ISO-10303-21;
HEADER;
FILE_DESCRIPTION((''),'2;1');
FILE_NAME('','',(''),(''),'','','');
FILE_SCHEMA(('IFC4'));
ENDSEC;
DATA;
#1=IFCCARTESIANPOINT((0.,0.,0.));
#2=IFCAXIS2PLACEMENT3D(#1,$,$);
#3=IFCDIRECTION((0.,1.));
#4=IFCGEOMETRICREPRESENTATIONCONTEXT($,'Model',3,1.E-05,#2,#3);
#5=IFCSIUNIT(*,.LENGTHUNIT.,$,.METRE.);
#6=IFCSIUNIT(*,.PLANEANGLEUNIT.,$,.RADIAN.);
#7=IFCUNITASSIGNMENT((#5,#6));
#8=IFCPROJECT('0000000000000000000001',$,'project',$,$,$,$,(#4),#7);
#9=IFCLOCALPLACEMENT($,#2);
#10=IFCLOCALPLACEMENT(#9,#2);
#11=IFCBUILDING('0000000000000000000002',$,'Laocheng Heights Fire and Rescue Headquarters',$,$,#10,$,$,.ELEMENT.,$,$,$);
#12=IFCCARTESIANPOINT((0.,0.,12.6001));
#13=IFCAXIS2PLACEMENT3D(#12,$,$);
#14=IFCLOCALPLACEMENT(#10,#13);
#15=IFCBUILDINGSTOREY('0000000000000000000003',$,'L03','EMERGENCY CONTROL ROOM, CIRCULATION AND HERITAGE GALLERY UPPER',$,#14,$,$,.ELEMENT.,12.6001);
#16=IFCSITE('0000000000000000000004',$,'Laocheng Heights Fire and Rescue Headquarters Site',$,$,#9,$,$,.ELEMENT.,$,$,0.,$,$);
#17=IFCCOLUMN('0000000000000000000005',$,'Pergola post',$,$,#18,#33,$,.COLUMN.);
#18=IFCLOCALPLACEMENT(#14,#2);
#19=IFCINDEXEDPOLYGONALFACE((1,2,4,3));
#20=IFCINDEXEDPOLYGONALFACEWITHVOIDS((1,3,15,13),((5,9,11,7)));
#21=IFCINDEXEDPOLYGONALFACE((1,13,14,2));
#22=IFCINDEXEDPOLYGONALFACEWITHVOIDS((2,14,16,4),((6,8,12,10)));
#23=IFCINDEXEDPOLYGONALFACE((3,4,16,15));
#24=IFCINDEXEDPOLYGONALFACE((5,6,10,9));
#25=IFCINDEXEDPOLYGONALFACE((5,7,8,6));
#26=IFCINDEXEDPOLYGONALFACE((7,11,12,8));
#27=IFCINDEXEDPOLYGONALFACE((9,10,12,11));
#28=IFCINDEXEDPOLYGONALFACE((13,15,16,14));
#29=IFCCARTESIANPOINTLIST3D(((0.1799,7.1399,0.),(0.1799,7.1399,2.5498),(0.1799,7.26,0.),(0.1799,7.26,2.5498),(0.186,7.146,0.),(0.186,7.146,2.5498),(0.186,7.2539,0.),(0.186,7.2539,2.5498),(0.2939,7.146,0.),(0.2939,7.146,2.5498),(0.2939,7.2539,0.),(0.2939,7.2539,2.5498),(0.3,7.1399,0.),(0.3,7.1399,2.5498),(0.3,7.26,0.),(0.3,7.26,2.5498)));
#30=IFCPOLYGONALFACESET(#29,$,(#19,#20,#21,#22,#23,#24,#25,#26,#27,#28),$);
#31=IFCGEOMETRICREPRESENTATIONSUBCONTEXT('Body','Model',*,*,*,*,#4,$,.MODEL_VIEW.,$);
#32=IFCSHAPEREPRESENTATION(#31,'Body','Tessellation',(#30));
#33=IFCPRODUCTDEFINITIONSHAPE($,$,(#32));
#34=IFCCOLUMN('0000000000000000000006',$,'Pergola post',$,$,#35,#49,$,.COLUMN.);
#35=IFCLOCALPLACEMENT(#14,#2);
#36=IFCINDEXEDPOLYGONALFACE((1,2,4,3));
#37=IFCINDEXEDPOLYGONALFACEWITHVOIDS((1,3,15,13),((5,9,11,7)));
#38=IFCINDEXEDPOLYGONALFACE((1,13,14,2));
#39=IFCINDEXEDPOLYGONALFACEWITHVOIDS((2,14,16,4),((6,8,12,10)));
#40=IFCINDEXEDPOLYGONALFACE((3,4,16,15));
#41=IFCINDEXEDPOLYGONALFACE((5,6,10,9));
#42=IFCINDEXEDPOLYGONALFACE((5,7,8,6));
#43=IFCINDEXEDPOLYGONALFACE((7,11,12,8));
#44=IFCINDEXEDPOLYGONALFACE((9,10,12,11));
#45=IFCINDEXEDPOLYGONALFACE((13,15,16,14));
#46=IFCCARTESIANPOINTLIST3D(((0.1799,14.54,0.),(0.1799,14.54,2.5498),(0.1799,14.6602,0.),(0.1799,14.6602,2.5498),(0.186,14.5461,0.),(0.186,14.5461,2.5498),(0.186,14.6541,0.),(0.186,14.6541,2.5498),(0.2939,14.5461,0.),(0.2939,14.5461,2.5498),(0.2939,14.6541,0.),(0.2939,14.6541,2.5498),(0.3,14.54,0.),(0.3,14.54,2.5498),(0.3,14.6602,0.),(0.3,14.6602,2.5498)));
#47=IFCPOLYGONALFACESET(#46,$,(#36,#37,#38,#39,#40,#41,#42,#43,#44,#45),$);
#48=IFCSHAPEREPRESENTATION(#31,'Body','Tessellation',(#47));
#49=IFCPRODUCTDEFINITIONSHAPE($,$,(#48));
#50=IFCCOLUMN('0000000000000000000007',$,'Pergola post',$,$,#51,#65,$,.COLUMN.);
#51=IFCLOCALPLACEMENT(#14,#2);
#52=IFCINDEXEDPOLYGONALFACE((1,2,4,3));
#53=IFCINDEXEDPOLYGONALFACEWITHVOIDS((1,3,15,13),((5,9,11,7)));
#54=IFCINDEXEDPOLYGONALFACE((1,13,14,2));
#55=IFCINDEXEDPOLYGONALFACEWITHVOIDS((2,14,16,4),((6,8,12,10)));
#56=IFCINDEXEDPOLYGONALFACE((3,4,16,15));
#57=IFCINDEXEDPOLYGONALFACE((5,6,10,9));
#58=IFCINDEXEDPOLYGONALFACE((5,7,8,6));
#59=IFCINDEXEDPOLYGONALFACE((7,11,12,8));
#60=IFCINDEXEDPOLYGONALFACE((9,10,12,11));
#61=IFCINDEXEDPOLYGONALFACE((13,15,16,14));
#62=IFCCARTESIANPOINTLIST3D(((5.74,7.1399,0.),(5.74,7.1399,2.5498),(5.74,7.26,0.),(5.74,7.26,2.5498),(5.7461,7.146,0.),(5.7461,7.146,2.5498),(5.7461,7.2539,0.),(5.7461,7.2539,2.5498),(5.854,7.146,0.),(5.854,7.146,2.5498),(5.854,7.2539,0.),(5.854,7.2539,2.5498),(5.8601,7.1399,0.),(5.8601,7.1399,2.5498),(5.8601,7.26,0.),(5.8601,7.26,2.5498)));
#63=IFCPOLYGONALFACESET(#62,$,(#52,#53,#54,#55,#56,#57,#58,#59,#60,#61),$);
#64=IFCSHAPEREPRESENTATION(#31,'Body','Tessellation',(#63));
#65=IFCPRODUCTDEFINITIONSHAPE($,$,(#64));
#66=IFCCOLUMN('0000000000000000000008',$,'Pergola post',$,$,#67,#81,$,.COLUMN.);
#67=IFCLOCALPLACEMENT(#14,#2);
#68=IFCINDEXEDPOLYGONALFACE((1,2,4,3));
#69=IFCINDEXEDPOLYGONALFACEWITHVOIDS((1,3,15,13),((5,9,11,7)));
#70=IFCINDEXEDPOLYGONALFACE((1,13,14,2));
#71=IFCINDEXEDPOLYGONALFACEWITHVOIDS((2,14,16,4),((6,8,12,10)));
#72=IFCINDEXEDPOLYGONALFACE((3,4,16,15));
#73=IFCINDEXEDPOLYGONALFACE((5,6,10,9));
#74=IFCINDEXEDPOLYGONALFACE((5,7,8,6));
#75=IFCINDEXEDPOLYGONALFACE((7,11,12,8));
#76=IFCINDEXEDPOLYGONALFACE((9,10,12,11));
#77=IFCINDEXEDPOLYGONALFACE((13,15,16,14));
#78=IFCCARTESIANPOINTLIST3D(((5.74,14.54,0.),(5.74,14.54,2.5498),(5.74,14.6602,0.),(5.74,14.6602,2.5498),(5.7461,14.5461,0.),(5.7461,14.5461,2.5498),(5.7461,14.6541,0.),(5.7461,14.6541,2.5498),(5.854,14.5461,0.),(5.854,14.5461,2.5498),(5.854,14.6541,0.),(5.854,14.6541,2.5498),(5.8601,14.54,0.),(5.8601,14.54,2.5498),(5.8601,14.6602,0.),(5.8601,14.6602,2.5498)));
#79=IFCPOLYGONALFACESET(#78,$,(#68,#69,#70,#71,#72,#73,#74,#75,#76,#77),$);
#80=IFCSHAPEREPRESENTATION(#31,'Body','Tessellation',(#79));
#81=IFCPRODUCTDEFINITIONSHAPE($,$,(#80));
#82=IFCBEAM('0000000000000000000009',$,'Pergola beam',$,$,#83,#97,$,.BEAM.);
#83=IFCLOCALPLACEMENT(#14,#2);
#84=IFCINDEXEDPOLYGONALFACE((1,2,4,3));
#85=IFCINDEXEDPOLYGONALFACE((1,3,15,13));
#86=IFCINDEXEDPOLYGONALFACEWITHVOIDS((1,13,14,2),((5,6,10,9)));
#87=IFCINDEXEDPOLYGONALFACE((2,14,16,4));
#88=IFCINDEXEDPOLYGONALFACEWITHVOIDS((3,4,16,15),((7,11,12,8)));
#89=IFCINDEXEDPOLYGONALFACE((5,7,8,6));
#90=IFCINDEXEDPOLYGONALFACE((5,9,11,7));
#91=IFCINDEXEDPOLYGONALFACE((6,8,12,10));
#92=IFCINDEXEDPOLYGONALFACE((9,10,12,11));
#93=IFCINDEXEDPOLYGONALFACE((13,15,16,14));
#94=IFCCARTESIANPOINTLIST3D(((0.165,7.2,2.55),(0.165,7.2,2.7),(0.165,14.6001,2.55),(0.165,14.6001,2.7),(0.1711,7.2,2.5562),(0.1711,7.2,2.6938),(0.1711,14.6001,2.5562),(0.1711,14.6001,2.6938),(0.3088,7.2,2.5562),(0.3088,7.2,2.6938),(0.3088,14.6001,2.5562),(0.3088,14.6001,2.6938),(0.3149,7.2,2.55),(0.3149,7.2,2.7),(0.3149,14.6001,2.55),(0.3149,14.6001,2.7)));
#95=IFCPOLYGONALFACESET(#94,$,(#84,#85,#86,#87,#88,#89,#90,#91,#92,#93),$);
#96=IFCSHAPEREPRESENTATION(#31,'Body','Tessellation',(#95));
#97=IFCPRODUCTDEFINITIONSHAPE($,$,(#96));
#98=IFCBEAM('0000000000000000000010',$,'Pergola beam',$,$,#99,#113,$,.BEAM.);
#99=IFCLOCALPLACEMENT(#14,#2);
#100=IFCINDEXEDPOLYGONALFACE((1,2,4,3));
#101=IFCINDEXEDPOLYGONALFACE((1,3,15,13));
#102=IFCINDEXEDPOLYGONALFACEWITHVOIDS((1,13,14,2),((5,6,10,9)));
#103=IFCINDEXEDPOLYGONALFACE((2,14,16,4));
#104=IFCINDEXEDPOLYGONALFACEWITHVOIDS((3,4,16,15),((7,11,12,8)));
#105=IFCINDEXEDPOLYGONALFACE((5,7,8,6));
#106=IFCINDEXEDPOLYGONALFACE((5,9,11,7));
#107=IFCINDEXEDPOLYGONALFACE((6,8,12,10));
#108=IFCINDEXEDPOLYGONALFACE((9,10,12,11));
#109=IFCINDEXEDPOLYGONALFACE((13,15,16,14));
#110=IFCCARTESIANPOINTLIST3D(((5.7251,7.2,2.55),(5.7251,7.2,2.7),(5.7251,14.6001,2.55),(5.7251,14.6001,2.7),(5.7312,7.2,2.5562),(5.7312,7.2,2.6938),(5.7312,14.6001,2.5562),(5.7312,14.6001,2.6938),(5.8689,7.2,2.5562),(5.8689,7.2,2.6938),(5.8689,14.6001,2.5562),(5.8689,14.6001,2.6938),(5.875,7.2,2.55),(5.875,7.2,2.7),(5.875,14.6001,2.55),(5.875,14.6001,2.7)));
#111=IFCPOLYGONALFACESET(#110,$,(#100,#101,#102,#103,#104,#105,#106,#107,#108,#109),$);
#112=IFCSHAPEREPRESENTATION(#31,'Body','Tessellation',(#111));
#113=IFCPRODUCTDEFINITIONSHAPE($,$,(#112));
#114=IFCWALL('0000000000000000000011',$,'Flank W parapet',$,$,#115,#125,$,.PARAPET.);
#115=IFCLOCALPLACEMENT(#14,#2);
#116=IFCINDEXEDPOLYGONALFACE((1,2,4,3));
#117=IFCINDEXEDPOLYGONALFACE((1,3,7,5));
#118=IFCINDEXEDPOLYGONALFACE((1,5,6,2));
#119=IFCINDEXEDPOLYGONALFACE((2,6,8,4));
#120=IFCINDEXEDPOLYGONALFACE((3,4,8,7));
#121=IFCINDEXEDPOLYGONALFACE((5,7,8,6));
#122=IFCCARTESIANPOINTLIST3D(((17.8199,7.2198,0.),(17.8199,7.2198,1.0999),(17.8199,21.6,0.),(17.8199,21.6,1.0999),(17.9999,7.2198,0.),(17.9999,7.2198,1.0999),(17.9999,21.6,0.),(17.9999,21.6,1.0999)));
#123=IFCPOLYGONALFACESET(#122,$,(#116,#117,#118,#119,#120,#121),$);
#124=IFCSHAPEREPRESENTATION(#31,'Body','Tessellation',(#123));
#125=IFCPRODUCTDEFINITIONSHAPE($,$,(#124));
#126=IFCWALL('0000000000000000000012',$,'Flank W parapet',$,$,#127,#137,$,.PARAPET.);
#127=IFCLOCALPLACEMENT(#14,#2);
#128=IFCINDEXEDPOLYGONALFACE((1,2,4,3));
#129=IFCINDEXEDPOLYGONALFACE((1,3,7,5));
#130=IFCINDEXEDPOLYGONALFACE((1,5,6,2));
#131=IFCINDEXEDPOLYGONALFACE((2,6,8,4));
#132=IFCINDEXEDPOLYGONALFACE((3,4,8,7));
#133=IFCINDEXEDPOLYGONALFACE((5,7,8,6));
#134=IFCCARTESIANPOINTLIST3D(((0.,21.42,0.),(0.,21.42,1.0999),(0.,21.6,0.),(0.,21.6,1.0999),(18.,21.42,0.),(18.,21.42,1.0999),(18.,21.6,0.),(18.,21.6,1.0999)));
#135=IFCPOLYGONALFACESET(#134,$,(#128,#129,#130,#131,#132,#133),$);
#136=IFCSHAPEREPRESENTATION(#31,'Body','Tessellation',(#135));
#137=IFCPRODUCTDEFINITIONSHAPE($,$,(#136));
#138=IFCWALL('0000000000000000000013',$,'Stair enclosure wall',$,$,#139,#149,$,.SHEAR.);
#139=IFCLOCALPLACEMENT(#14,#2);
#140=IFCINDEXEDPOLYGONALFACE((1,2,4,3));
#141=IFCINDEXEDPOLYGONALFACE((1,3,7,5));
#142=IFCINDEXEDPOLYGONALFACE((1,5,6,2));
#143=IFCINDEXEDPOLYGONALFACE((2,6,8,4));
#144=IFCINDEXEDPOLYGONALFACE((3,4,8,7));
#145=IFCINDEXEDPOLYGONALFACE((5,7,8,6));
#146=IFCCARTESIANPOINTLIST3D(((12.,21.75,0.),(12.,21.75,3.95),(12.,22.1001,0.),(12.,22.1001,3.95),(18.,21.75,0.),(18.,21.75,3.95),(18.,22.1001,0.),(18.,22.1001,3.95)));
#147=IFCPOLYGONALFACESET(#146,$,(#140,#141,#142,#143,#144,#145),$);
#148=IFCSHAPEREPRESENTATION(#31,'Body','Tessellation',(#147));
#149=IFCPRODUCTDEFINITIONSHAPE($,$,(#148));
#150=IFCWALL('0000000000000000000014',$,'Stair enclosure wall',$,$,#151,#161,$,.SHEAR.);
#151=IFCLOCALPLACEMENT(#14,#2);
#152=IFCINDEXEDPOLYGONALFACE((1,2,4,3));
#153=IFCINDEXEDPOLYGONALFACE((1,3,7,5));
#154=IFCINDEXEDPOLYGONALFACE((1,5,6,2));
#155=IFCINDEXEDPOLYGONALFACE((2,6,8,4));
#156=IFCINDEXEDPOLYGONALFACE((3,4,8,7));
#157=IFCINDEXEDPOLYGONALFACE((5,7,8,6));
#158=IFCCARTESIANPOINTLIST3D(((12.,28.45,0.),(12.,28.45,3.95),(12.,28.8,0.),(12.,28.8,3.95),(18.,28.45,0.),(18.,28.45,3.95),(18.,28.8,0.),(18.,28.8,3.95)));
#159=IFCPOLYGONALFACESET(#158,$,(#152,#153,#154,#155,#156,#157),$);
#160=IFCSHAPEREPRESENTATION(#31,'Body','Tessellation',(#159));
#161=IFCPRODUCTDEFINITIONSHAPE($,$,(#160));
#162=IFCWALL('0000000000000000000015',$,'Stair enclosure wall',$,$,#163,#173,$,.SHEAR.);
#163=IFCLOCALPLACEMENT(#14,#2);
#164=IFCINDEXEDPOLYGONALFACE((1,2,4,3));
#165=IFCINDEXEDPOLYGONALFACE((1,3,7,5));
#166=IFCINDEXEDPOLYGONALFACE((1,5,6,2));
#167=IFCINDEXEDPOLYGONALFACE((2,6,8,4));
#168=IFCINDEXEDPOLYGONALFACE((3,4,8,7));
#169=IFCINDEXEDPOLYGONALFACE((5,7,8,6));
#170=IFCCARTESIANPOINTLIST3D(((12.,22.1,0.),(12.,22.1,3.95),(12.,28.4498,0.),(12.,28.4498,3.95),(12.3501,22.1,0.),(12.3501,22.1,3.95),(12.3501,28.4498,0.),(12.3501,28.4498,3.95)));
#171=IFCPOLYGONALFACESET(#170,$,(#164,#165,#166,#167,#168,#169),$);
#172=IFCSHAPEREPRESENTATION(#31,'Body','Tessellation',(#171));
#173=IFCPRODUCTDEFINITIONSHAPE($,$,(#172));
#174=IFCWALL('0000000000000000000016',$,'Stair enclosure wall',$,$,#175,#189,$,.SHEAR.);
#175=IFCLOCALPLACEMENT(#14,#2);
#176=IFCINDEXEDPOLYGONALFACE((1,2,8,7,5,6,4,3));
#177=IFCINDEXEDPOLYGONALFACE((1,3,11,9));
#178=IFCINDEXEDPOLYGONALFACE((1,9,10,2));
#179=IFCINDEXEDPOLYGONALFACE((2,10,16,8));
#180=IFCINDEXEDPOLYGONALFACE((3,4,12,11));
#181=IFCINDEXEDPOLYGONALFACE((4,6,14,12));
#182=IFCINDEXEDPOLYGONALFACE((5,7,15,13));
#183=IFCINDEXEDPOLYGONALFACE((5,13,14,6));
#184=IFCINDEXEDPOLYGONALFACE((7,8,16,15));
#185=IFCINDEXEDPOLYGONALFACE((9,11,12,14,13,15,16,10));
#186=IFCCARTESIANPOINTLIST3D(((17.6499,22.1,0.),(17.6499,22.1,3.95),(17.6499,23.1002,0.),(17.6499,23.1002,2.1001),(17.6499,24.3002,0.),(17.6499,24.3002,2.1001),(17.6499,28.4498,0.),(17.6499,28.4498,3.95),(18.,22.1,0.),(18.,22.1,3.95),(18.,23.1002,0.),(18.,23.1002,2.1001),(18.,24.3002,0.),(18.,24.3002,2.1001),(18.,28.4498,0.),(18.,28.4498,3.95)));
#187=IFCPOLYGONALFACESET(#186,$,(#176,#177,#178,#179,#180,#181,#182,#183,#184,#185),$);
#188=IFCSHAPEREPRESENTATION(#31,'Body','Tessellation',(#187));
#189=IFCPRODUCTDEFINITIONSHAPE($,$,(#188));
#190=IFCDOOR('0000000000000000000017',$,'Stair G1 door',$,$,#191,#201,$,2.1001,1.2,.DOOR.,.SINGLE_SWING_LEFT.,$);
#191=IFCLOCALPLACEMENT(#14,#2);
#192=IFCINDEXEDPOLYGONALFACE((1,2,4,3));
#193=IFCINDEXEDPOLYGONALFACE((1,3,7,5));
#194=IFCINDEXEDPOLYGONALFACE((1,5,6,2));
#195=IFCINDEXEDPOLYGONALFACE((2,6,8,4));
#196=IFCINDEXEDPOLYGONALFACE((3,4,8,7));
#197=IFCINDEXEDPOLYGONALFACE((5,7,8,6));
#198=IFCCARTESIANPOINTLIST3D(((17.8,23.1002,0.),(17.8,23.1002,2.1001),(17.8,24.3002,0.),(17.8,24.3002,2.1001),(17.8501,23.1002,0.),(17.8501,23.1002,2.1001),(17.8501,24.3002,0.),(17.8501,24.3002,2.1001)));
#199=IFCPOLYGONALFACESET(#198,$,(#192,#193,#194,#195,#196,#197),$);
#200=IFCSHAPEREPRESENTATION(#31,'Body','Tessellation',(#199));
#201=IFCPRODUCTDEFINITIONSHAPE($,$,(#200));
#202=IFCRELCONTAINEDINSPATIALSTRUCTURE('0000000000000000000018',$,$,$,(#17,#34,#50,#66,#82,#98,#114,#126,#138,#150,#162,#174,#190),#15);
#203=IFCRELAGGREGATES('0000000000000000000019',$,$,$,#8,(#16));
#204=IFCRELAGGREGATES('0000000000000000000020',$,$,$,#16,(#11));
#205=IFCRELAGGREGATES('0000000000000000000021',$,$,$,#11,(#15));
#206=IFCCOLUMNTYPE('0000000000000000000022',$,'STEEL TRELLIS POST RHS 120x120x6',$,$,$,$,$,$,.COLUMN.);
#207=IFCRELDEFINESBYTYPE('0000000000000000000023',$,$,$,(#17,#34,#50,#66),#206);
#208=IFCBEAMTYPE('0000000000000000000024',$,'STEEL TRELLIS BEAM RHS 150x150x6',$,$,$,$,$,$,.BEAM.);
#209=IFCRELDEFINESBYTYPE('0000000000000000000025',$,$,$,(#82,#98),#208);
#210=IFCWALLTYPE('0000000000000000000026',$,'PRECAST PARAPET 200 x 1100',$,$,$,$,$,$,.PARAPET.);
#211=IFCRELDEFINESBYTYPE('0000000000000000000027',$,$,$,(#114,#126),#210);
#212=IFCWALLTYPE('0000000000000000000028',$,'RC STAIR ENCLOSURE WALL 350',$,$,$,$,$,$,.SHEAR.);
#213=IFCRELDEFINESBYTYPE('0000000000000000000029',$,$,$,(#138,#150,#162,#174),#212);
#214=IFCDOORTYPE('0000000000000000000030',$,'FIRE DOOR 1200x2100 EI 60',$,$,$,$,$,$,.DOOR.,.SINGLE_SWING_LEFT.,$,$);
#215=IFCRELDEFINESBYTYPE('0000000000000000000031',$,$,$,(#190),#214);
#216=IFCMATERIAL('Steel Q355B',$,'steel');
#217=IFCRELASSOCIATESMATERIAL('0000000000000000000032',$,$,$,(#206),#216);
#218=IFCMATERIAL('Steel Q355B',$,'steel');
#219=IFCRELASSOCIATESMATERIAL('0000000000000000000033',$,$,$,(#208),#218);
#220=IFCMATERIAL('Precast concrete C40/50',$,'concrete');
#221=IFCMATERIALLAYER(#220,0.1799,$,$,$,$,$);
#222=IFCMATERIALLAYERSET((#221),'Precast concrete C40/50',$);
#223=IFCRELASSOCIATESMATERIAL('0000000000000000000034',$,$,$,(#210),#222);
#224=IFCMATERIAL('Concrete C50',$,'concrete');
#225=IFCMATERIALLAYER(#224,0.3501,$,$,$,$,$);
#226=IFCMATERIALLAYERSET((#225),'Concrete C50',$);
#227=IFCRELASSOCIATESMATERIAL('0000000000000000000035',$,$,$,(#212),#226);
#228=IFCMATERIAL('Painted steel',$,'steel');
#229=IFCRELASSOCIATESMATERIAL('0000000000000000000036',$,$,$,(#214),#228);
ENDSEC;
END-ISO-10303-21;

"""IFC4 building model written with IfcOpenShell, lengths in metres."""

from ifc_helpers import new_model, si_unit, direction, frame, frame_2d, origin, origin_2d, place, context, subcontext, project, spatial, rectangle, hollow_rectangle, extrude, material, layer, layer_set, material_profile, profile_set, type_object, element, fill, save


model = new_model("IFC4")

# Units and contexts
model_context = context("Model", 3, precision=1e-05, world=origin(), true_north=direction((0.0, 1.0)))
body_context = subcontext(model_context, "Body", "Model", "MODEL_VIEW")
ifc_project = project(units=[si_unit("LENGTHUNIT", "METRE"), si_unit("PLANEANGLEUNIT", "RADIAN")], contexts=[model_context])

# Site, building, storey
site_placement = place(None, origin())
site = spatial("IfcSite", under=ifc_project, at=site_placement, Name="Laocheng Heights Fire and Rescue Headquarters Site", CompositionType="ELEMENT", RefElevation=0.0)
building_placement = place(site_placement, origin())
building = spatial("IfcBuilding", under=site, at=building_placement, Name="Laocheng Heights Fire and Rescue Headquarters", CompositionType="ELEMENT")
storey_placement = place(building_placement, frame((0.0, 0.0, 12.6001)))
storey = spatial("IfcBuildingStorey", under=building, at=storey_placement, Name="L03", Description="EMERGENCY CONTROL ROOM, CIRCULATION AND HERITAGE GALLERY UPPER", CompositionType="ELEMENT", Elevation=12.6001)

# Columns
ifc_material_1 = material(Name="Steel Q355B", Category="steel")
ifc_material_profile_1 = material_profile(ifc_material_1, hollow_rectangle(XDim=0.1201, YDim=0.1201, WallThickness=0.0061, at=origin_2d()), Name="RHS 120x120x6")
ifc_profile_set_1 = profile_set([ifc_material_profile_1], Name="Steel Q355B")
column_type = type_object("IfcColumnType", Name="STEEL TRELLIS POST RHS 120x120x6", PredefinedType="COLUMN", material=ifc_profile_set_1)
for number, where, z_axis, x_axis, name in (
    (1, (0.24, 7.2, 0.0), (0.0, 0.0, 1.0), (1.0, 0.0, 0.0), "Pergola post"),
    (2, (0.24, 14.6001, 0.0), (0.0, 0.0, 1.0), (1.0, 0.0, 0.0), "Pergola post"),
    (3, (5.8, 7.2, 0.0), (0.0, 0.0, 1.0), (1.0, 0.0, 0.0), "Pergola post"),
    (4, (5.8, 14.6001, 0.0), (0.0, 0.0, 1.0), (1.0, 0.0, 0.0), "Pergola post"),
):
    element("IfcColumn", number, at=place(storey_placement, frame(where, z_axis=z_axis, x_axis=x_axis)), inside=storey, type_object=column_type, Name=name, PredefinedType="COLUMN", context=body_context, shape_type="SweptSolid", body=[
        extrude(hollow_rectangle(XDim=0.1201, YDim=0.1201, WallThickness=0.0061, at=origin_2d()), origin(), (0.0, 0.0, 1.0), 2.5498),
    ])

# Beams
ifc_material_2 = material(Name="Steel Q355B", Category="steel")
ifc_material_profile_2 = material_profile(ifc_material_2, hollow_rectangle(XDim=0.1499, YDim=0.1499, WallThickness=0.0061, at=origin_2d()), Name="RHS 150x150x6")
ifc_profile_set_2 = profile_set([ifc_material_profile_2], Name="Steel Q355B")
beam_type = type_object("IfcBeamType", Name="STEEL TRELLIS BEAM RHS 150x150x6", PredefinedType="BEAM", material=ifc_profile_set_2)
for number, where, z_axis, x_axis, name in (
    (5, (0.24, 7.2, 2.625), (0.0, 1.0, 0.0), (-1.0, 0.0, 0.0), "Pergola beam"),
    (6, (5.8, 7.2, 2.625), (0.0, 1.0, 0.0), (-1.0, 0.0, 0.0), "Pergola beam"),
):
    element("IfcBeam", number, at=place(storey_placement, frame(where, z_axis=z_axis, x_axis=x_axis)), inside=storey, type_object=beam_type, Name=name, PredefinedType="BEAM", context=body_context, shape_type="SweptSolid", body=[
        extrude(hollow_rectangle(XDim=0.1499, YDim=0.1499, WallThickness=0.0061, at=origin_2d()), origin(), (0.0, 0.0, 1.0), 7.4001),
    ])

# Walls
ifc_material_3 = material(Name="Precast concrete C40/50", Category="concrete")
ifc_layer_1 = layer(ifc_material_3, 0.1799)
ifc_layer_set_1 = layer_set([ifc_layer_1], Name="Precast concrete C40/50")
wall_type_1 = type_object("IfcWallType", Name="PRECAST PARAPET 200 x 1100", PredefinedType="PARAPET", material=ifc_layer_set_1)
wall_1_placement = place(storey_placement, frame((17.9099, 7.22, 0.0), z_axis=(0.0, 0.0, 1.0), x_axis=(0.0, 1.0, 0.0)))
element("IfcWall", 7, at=wall_1_placement, inside=storey, type_object=wall_type_1, Name="Flank W parapet", PredefinedType="PARAPET", context=body_context, shape_type="SweptSolid", body=[
    extrude(rectangle(XDim=14.3801, YDim=0.1799, at=frame_2d((7.1899, 0.0))), origin(), (0.0, 0.0, 1.0), 1.0999),
])
wall_2_placement = place(storey_placement, frame((0.0, 21.51, 0.0), z_axis=(0.0, 0.0, 1.0), x_axis=(1.0, 0.0, 0.0)))
element("IfcWall", 8, at=wall_2_placement, inside=storey, type_object=wall_type_1, Name="Flank W parapet", PredefinedType="PARAPET", context=body_context, shape_type="SweptSolid", body=[
    extrude(rectangle(XDim=18.0, YDim=0.1799, at=frame_2d((9.0, 0.0))), origin(), (0.0, 0.0, 1.0), 1.0999),
])
ifc_material_4 = material(Name="Concrete C50", Category="concrete")
ifc_layer_2 = layer(ifc_material_4, 0.3501)
ifc_layer_set_2 = layer_set([ifc_layer_2], Name="Concrete C50")
wall_type_2 = type_object("IfcWallType", Name="RC STAIR ENCLOSURE WALL 350", PredefinedType="SHEAR", material=ifc_layer_set_2)
for number, where, z_axis, x_axis, name in (
    (9, (12.0, 21.925, 0.0), (0.0, 0.0, 1.0), (1.0, 0.0, 0.0), "Stair enclosure wall"),
    (10, (12.0, 28.625, 0.0), (0.0, 0.0, 1.0), (1.0, 0.0, 0.0), "Stair enclosure wall"),
):
    element("IfcWall", number, at=place(storey_placement, frame(where, z_axis=z_axis, x_axis=x_axis)), inside=storey, type_object=wall_type_2, Name=name, PredefinedType="SHEAR", context=body_context, shape_type="SweptSolid", body=[
        extrude(rectangle(XDim=6.0, YDim=0.3501, at=frame_2d((3.0, 0.0))), origin(), (0.0, 0.0, 1.0), 3.95),
    ])
wall_3_placement = place(storey_placement, frame((12.175, 22.1001, 0.0), z_axis=(0.0, 0.0, 1.0), x_axis=(0.0, 1.0, 0.0)))
element("IfcWall", 11, at=wall_3_placement, inside=storey, type_object=wall_type_2, Name="Stair enclosure wall", PredefinedType="SHEAR", context=body_context, shape_type="SweptSolid", body=[
    extrude(rectangle(XDim=6.3499, YDim=0.3501, at=frame_2d((3.1748, 0.0))), origin(), (0.0, 0.0, 1.0), 3.95),
])

# Wall, opening, door
wall_4_placement = place(storey_placement, frame((17.825, 22.1001, 0.0), z_axis=(0.0, 0.0, 1.0), x_axis=(0.0, 1.0, 0.0)))
wall_4 = element("IfcWall", 12, at=wall_4_placement, inside=storey, type_object=wall_type_2, Name="Stair enclosure wall", PredefinedType="SHEAR", context=body_context, shape_type="SweptSolid", body=[
    extrude(rectangle(XDim=6.3499, YDim=0.3501, at=frame_2d((3.1748, 0.0))), origin(), (0.0, 0.0, 1.0), 3.95),
])
opening_placement = place(wall_4_placement, frame((1.0, 0.0, 0.0)))
opening = element("IfcOpeningElement", 13, at=opening_placement, cuts=wall_4, PredefinedType="OPENING", context=body_context, shape_type="SweptSolid", body=[
    extrude(rectangle(XDim=1.2, YDim=2.1001, at=frame_2d((0.6001, 1.05))), frame((0.0, 0.1851, 0.0), z_axis=(0.0, -1.0, 0.0), x_axis=(1.0, 0.0, 0.0)), (0.0, 0.0, 1.0), 0.3701),
])
ifc_material_5 = material(Name="Painted steel", Category="steel")
door_type = type_object("IfcDoorType", Name="FIRE DOOR 1200x2100 EI 60", OperationType="SINGLE_SWING_LEFT", PredefinedType="DOOR", material=ifc_material_5)
door_placement = place(opening_placement, origin())
door = element("IfcDoor", 14, at=door_placement, inside=storey, type_object=door_type, Name="Stair G1 door", OperationType="SINGLE_SWING_LEFT", OverallHeight=2.1001, OverallWidth=1.2, PredefinedType="DOOR", context=body_context, shape_type="SweptSolid", body=[
    extrude(rectangle(XDim=1.2, YDim=2.1001, at=frame_2d((0.6001, 1.05))), frame((0.0, 0.0249, 0.0), z_axis=(0.0, -1.0, 0.0), x_axis=(1.0, 0.0, 0.0)), (0.0, 0.0, 1.0), 0.05),
])
fill(opening, door)

save(model, "model.ifc")
